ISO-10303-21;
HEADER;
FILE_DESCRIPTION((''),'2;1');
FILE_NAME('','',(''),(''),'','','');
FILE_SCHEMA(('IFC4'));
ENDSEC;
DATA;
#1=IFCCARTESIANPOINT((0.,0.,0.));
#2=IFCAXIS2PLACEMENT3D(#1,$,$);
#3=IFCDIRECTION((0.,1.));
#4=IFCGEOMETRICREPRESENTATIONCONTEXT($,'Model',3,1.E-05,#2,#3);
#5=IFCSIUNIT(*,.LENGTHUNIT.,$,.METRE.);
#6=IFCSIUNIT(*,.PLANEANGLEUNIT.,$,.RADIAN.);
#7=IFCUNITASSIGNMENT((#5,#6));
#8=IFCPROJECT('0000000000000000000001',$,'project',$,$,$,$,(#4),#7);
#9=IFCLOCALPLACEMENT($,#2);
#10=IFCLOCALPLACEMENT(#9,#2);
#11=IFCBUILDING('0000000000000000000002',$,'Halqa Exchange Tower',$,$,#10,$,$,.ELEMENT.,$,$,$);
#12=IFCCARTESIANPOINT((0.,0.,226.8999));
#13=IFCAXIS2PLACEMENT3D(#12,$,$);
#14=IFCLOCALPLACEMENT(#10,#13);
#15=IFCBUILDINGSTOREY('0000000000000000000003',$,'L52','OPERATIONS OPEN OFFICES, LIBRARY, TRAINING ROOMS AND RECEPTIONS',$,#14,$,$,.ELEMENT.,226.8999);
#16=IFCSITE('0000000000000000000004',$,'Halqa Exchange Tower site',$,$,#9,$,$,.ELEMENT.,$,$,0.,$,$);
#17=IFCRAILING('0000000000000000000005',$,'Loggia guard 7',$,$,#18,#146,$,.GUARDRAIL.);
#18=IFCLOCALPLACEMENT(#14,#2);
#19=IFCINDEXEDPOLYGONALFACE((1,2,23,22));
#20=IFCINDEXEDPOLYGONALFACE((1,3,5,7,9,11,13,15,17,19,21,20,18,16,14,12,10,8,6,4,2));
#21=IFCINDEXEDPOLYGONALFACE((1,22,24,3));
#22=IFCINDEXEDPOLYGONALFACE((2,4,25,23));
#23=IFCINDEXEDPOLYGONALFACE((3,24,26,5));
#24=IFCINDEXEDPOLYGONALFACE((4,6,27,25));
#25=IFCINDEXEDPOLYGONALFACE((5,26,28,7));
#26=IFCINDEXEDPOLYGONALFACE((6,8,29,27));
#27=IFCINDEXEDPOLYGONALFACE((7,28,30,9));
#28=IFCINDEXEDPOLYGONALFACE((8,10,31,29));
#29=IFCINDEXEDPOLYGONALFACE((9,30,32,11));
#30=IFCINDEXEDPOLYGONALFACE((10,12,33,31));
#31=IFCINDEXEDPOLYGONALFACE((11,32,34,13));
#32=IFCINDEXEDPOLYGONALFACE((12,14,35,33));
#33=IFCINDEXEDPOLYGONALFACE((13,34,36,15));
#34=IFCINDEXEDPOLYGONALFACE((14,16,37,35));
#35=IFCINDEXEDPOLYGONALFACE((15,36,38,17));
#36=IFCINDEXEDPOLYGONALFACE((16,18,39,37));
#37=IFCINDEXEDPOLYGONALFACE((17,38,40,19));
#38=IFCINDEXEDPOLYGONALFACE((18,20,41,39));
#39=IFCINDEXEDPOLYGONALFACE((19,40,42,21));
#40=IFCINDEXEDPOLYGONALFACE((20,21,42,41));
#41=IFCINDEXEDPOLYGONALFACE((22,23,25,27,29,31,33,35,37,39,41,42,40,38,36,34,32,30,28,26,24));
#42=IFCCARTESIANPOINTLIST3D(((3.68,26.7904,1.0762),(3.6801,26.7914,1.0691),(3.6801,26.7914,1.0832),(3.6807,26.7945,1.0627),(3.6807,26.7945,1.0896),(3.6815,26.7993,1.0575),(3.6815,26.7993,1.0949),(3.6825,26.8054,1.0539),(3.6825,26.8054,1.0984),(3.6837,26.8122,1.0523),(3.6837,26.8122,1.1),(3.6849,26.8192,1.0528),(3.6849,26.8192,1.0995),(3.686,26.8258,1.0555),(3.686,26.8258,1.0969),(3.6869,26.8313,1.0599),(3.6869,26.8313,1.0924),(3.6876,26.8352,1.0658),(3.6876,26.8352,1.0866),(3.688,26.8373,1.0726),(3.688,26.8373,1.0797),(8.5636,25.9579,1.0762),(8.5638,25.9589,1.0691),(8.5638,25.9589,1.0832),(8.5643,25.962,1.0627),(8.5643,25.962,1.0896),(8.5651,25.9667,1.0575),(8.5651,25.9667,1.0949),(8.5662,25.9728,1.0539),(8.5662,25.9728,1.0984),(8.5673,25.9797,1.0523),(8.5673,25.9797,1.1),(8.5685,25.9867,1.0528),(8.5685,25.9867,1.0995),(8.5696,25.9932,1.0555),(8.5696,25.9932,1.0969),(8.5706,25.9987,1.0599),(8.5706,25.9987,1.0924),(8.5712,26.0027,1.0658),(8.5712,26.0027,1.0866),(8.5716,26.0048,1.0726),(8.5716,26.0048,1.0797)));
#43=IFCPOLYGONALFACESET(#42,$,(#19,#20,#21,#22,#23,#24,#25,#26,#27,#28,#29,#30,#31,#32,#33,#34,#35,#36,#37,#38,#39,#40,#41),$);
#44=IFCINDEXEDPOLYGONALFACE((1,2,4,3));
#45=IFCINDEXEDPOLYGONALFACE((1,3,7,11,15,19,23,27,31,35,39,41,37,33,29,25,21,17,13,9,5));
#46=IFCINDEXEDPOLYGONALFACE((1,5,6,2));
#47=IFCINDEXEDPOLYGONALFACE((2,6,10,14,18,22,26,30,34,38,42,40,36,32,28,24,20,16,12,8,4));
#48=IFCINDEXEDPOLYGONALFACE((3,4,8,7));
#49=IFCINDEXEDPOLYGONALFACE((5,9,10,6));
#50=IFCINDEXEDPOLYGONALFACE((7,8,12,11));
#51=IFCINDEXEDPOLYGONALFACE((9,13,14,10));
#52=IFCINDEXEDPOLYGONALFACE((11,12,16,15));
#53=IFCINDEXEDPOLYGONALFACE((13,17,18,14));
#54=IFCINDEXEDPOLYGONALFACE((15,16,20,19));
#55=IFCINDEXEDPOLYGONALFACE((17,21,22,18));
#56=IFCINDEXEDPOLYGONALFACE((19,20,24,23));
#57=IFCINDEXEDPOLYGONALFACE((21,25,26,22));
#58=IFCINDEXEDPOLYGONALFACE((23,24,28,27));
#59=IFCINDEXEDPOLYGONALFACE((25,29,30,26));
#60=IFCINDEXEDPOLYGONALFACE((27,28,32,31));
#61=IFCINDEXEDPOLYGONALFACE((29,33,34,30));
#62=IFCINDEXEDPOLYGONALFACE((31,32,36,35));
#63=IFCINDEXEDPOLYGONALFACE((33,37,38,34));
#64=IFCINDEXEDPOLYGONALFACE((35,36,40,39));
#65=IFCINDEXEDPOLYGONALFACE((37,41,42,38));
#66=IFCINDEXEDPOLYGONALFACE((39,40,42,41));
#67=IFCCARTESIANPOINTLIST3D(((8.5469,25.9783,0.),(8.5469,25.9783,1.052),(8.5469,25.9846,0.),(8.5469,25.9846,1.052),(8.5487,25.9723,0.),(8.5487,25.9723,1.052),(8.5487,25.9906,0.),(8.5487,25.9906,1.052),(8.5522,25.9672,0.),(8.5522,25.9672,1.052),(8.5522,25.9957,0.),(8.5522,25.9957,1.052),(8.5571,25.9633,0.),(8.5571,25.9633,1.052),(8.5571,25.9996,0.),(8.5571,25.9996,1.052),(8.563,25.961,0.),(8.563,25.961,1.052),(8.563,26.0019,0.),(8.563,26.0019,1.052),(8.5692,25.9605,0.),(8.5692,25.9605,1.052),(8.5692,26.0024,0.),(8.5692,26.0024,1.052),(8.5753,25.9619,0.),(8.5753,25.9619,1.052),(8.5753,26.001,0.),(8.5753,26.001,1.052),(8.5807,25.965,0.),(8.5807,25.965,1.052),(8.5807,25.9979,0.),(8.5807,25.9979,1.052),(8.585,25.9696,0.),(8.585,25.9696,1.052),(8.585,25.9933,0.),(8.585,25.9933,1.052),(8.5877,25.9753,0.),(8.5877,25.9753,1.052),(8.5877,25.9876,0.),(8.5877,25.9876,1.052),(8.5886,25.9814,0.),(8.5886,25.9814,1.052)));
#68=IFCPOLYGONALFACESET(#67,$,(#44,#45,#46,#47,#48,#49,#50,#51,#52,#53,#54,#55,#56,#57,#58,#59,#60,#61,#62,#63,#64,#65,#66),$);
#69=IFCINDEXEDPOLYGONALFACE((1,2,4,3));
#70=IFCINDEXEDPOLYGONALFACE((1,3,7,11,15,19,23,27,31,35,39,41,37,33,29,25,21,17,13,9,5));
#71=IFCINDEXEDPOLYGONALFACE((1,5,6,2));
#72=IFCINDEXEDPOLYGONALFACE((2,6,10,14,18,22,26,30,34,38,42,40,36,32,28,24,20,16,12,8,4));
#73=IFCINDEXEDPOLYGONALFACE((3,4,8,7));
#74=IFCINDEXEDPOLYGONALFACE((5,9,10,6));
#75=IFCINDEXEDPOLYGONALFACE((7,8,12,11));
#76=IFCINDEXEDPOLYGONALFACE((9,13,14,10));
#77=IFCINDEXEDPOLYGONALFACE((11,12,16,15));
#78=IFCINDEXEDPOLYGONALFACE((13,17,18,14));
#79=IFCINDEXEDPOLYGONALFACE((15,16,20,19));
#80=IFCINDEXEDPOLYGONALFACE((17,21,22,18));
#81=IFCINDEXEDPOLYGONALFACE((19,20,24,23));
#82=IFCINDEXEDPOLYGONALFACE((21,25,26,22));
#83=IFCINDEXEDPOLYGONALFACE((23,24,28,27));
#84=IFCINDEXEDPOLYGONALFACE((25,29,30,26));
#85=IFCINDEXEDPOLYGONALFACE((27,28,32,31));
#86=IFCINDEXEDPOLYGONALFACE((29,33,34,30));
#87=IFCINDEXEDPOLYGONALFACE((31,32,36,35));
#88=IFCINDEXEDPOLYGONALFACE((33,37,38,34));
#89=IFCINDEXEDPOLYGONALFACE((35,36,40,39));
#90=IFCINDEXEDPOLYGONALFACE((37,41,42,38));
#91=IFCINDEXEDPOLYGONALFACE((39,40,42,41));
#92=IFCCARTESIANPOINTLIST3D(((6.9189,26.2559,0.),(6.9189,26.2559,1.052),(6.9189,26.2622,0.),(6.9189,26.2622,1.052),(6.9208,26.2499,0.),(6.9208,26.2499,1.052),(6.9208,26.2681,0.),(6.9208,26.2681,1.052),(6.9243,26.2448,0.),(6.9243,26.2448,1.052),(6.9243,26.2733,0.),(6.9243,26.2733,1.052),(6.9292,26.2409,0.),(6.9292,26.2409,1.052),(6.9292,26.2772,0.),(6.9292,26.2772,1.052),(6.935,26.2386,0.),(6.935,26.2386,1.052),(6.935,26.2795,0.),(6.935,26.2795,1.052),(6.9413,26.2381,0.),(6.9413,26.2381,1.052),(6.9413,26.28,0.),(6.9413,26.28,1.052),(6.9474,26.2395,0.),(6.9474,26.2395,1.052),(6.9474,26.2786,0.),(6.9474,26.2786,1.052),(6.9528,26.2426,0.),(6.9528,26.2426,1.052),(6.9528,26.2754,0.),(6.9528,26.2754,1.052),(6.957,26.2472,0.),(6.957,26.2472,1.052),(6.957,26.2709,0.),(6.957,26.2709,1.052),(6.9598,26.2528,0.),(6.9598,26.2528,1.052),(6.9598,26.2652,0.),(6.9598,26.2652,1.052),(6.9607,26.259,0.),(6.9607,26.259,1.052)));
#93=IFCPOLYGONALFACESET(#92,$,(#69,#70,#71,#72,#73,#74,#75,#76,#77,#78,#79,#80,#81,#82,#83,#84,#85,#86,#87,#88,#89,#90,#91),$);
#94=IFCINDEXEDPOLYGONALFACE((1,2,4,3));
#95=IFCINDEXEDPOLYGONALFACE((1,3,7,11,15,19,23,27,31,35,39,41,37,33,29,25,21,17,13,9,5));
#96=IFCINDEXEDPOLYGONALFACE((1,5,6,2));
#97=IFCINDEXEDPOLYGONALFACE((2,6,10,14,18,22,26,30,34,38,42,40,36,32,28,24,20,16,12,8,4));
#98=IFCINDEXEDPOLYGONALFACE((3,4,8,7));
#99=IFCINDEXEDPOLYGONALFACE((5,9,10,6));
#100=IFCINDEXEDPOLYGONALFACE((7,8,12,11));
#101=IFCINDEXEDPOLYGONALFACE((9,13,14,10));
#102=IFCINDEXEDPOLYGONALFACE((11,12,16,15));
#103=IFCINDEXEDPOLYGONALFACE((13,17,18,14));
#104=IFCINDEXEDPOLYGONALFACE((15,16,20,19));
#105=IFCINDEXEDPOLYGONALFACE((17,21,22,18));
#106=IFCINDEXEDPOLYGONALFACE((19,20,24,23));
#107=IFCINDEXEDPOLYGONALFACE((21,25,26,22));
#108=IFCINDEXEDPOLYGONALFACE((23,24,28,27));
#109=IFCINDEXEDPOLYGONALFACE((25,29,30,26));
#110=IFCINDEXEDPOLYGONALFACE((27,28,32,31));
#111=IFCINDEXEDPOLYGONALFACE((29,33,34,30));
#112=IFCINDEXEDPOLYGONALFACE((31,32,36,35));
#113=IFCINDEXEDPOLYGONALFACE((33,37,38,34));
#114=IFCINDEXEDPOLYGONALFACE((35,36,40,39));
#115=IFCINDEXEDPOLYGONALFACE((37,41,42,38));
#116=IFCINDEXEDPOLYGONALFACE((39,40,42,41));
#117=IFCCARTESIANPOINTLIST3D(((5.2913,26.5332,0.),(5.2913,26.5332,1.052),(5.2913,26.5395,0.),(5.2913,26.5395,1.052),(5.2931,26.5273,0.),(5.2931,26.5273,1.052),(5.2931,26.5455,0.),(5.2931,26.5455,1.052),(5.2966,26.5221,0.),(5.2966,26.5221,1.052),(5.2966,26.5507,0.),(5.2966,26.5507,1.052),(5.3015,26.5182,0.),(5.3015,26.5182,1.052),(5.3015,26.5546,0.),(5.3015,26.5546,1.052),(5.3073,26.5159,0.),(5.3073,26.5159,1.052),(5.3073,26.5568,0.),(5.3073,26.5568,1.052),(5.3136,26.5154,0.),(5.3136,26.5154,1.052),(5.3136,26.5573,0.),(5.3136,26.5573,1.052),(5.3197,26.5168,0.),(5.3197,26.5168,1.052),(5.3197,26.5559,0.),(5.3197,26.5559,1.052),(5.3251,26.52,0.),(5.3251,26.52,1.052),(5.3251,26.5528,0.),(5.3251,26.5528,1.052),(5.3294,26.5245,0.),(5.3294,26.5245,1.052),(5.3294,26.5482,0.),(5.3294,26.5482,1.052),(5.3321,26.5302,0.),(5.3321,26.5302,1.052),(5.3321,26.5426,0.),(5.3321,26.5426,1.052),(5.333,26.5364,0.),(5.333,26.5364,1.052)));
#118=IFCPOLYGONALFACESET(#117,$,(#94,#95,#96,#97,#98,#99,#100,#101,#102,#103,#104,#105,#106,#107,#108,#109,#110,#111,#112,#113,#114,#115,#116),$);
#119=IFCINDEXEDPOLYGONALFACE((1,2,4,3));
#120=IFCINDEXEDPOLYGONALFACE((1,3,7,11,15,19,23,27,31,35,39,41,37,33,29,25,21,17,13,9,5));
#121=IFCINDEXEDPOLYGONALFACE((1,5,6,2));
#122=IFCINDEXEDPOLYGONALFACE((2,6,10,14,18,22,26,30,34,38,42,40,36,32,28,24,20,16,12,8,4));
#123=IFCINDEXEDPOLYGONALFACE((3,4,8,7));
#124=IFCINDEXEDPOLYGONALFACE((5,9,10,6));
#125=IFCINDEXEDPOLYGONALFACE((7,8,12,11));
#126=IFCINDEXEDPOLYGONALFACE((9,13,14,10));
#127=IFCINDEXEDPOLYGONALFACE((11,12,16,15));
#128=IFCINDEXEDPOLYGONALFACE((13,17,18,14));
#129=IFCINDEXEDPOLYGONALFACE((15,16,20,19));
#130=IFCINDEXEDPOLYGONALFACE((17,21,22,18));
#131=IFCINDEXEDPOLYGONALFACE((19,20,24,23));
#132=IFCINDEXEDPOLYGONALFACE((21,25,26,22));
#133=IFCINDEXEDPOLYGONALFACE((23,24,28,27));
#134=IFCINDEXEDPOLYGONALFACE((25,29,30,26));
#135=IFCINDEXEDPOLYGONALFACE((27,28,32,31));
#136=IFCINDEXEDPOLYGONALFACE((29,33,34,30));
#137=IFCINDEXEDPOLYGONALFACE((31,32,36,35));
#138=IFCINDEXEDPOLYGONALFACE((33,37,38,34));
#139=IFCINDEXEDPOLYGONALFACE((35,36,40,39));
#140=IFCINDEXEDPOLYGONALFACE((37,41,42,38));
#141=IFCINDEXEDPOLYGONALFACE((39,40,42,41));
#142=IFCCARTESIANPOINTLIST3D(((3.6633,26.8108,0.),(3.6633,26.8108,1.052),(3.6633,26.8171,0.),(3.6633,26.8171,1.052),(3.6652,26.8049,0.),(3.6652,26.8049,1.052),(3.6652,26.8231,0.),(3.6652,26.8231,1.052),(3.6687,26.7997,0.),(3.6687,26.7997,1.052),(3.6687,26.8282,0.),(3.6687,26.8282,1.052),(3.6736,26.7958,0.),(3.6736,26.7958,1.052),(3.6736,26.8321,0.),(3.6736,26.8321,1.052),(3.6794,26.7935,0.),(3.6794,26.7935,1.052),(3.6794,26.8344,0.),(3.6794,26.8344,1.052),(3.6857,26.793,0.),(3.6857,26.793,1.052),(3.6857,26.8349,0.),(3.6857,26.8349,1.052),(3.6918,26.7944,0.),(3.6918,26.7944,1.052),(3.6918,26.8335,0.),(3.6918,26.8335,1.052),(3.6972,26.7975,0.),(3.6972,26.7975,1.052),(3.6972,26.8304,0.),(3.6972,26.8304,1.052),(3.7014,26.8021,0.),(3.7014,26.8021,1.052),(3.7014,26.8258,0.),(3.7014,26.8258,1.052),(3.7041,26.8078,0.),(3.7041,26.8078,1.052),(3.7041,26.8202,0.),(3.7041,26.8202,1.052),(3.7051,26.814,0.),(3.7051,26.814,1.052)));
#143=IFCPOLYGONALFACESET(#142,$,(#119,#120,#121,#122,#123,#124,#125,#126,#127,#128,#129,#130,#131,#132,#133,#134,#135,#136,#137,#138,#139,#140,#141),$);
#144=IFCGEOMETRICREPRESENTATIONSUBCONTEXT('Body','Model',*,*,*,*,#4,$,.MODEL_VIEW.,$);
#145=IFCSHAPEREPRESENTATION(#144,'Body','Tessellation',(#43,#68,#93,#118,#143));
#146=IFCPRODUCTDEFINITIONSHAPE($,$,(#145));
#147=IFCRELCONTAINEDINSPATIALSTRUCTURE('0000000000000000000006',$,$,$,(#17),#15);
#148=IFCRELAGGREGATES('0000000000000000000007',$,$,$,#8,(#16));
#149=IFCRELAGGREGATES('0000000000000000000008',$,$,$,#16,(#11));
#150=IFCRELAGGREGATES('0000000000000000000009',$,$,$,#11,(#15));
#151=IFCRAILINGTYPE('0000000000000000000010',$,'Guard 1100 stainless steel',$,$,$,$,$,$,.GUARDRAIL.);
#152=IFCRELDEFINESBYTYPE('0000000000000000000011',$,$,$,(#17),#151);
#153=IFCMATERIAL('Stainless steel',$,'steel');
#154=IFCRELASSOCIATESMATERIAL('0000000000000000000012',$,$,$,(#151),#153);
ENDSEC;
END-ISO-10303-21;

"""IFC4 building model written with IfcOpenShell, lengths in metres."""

from ifc_helpers import new_model, si_unit, direction, frame, origin, origin_2d, place, context, subcontext, project, spatial, circle, extrude, material, type_object, element, save


model = new_model("IFC4")

# Units and contexts
model_context = context("Model", 3, precision=1e-05, world=origin(), true_north=direction((0.0, 1.0)))
body_context = subcontext(model_context, "Body", "Model", "MODEL_VIEW")
ifc_project = project(units=[si_unit("LENGTHUNIT", "METRE"), si_unit("PLANEANGLEUNIT", "RADIAN")], contexts=[model_context])

# Site, building, storey
site_placement = place(None, origin())
site = spatial("IfcSite", under=ifc_project, at=site_placement, Name="Halqa Exchange Tower site", CompositionType="ELEMENT", RefElevation=0.0)
building_placement = place(site_placement, origin())
building = spatial("IfcBuilding", under=site, at=building_placement, Name="Halqa Exchange Tower", CompositionType="ELEMENT")
storey_placement = place(building_placement, frame((0.0, 0.0, 226.8999)))
storey = spatial("IfcBuildingStorey", under=building, at=storey_placement, Name="L52", Description="OPERATIONS OPEN OFFICES, LIBRARY, TRAINING ROOMS AND RECEPTIONS", CompositionType="ELEMENT", Elevation=226.8999)

# Railing
ifc_material_1 = material(Name="Stainless steel", Category="steel")
railing_type_1 = type_object("IfcRailingType", Name="Guard 1100 stainless steel", PredefinedType="GUARDRAIL", material=ifc_material_1)
railing_1_placement = place(storey_placement, frame((8.5676, 25.9814, 0.0)))
element("IfcRailing", 1, at=railing_1_placement, inside=storey, type_object=railing_type_1, Name="Loggia guard 7", PredefinedType="GUARDRAIL", context=body_context, shape_type="SweptSolid", body=[
    extrude(circle(Radius=0.0239, at=origin_2d()), frame((0.0, 0.0, 1.0762), z_axis=(-0.985778, 0.16805, 0.0), x_axis=(-0.16805, -0.985778, 0.0)), (0.0, 0.0, 1.0), 4.9541),
    extrude(circle(Radius=0.021, at=origin_2d()), origin(), (0.0, 0.0, 1.0), 1.052),
    extrude(circle(Radius=0.021, at=origin_2d()), frame((-1.6279, 0.2776, 0.0)), (0.0, 0.0, 1.0), 1.052),
    extrude(circle(Radius=0.021, at=origin_2d()), frame((-3.2556, 0.5549, 0.0)), (0.0, 0.0, 1.0), 1.052),
    extrude(circle(Radius=0.021, at=origin_2d()), frame((-4.8835, 0.8325, 0.0)), (0.0, 0.0, 1.0), 1.052),
])

save(model, "model.ifc")
